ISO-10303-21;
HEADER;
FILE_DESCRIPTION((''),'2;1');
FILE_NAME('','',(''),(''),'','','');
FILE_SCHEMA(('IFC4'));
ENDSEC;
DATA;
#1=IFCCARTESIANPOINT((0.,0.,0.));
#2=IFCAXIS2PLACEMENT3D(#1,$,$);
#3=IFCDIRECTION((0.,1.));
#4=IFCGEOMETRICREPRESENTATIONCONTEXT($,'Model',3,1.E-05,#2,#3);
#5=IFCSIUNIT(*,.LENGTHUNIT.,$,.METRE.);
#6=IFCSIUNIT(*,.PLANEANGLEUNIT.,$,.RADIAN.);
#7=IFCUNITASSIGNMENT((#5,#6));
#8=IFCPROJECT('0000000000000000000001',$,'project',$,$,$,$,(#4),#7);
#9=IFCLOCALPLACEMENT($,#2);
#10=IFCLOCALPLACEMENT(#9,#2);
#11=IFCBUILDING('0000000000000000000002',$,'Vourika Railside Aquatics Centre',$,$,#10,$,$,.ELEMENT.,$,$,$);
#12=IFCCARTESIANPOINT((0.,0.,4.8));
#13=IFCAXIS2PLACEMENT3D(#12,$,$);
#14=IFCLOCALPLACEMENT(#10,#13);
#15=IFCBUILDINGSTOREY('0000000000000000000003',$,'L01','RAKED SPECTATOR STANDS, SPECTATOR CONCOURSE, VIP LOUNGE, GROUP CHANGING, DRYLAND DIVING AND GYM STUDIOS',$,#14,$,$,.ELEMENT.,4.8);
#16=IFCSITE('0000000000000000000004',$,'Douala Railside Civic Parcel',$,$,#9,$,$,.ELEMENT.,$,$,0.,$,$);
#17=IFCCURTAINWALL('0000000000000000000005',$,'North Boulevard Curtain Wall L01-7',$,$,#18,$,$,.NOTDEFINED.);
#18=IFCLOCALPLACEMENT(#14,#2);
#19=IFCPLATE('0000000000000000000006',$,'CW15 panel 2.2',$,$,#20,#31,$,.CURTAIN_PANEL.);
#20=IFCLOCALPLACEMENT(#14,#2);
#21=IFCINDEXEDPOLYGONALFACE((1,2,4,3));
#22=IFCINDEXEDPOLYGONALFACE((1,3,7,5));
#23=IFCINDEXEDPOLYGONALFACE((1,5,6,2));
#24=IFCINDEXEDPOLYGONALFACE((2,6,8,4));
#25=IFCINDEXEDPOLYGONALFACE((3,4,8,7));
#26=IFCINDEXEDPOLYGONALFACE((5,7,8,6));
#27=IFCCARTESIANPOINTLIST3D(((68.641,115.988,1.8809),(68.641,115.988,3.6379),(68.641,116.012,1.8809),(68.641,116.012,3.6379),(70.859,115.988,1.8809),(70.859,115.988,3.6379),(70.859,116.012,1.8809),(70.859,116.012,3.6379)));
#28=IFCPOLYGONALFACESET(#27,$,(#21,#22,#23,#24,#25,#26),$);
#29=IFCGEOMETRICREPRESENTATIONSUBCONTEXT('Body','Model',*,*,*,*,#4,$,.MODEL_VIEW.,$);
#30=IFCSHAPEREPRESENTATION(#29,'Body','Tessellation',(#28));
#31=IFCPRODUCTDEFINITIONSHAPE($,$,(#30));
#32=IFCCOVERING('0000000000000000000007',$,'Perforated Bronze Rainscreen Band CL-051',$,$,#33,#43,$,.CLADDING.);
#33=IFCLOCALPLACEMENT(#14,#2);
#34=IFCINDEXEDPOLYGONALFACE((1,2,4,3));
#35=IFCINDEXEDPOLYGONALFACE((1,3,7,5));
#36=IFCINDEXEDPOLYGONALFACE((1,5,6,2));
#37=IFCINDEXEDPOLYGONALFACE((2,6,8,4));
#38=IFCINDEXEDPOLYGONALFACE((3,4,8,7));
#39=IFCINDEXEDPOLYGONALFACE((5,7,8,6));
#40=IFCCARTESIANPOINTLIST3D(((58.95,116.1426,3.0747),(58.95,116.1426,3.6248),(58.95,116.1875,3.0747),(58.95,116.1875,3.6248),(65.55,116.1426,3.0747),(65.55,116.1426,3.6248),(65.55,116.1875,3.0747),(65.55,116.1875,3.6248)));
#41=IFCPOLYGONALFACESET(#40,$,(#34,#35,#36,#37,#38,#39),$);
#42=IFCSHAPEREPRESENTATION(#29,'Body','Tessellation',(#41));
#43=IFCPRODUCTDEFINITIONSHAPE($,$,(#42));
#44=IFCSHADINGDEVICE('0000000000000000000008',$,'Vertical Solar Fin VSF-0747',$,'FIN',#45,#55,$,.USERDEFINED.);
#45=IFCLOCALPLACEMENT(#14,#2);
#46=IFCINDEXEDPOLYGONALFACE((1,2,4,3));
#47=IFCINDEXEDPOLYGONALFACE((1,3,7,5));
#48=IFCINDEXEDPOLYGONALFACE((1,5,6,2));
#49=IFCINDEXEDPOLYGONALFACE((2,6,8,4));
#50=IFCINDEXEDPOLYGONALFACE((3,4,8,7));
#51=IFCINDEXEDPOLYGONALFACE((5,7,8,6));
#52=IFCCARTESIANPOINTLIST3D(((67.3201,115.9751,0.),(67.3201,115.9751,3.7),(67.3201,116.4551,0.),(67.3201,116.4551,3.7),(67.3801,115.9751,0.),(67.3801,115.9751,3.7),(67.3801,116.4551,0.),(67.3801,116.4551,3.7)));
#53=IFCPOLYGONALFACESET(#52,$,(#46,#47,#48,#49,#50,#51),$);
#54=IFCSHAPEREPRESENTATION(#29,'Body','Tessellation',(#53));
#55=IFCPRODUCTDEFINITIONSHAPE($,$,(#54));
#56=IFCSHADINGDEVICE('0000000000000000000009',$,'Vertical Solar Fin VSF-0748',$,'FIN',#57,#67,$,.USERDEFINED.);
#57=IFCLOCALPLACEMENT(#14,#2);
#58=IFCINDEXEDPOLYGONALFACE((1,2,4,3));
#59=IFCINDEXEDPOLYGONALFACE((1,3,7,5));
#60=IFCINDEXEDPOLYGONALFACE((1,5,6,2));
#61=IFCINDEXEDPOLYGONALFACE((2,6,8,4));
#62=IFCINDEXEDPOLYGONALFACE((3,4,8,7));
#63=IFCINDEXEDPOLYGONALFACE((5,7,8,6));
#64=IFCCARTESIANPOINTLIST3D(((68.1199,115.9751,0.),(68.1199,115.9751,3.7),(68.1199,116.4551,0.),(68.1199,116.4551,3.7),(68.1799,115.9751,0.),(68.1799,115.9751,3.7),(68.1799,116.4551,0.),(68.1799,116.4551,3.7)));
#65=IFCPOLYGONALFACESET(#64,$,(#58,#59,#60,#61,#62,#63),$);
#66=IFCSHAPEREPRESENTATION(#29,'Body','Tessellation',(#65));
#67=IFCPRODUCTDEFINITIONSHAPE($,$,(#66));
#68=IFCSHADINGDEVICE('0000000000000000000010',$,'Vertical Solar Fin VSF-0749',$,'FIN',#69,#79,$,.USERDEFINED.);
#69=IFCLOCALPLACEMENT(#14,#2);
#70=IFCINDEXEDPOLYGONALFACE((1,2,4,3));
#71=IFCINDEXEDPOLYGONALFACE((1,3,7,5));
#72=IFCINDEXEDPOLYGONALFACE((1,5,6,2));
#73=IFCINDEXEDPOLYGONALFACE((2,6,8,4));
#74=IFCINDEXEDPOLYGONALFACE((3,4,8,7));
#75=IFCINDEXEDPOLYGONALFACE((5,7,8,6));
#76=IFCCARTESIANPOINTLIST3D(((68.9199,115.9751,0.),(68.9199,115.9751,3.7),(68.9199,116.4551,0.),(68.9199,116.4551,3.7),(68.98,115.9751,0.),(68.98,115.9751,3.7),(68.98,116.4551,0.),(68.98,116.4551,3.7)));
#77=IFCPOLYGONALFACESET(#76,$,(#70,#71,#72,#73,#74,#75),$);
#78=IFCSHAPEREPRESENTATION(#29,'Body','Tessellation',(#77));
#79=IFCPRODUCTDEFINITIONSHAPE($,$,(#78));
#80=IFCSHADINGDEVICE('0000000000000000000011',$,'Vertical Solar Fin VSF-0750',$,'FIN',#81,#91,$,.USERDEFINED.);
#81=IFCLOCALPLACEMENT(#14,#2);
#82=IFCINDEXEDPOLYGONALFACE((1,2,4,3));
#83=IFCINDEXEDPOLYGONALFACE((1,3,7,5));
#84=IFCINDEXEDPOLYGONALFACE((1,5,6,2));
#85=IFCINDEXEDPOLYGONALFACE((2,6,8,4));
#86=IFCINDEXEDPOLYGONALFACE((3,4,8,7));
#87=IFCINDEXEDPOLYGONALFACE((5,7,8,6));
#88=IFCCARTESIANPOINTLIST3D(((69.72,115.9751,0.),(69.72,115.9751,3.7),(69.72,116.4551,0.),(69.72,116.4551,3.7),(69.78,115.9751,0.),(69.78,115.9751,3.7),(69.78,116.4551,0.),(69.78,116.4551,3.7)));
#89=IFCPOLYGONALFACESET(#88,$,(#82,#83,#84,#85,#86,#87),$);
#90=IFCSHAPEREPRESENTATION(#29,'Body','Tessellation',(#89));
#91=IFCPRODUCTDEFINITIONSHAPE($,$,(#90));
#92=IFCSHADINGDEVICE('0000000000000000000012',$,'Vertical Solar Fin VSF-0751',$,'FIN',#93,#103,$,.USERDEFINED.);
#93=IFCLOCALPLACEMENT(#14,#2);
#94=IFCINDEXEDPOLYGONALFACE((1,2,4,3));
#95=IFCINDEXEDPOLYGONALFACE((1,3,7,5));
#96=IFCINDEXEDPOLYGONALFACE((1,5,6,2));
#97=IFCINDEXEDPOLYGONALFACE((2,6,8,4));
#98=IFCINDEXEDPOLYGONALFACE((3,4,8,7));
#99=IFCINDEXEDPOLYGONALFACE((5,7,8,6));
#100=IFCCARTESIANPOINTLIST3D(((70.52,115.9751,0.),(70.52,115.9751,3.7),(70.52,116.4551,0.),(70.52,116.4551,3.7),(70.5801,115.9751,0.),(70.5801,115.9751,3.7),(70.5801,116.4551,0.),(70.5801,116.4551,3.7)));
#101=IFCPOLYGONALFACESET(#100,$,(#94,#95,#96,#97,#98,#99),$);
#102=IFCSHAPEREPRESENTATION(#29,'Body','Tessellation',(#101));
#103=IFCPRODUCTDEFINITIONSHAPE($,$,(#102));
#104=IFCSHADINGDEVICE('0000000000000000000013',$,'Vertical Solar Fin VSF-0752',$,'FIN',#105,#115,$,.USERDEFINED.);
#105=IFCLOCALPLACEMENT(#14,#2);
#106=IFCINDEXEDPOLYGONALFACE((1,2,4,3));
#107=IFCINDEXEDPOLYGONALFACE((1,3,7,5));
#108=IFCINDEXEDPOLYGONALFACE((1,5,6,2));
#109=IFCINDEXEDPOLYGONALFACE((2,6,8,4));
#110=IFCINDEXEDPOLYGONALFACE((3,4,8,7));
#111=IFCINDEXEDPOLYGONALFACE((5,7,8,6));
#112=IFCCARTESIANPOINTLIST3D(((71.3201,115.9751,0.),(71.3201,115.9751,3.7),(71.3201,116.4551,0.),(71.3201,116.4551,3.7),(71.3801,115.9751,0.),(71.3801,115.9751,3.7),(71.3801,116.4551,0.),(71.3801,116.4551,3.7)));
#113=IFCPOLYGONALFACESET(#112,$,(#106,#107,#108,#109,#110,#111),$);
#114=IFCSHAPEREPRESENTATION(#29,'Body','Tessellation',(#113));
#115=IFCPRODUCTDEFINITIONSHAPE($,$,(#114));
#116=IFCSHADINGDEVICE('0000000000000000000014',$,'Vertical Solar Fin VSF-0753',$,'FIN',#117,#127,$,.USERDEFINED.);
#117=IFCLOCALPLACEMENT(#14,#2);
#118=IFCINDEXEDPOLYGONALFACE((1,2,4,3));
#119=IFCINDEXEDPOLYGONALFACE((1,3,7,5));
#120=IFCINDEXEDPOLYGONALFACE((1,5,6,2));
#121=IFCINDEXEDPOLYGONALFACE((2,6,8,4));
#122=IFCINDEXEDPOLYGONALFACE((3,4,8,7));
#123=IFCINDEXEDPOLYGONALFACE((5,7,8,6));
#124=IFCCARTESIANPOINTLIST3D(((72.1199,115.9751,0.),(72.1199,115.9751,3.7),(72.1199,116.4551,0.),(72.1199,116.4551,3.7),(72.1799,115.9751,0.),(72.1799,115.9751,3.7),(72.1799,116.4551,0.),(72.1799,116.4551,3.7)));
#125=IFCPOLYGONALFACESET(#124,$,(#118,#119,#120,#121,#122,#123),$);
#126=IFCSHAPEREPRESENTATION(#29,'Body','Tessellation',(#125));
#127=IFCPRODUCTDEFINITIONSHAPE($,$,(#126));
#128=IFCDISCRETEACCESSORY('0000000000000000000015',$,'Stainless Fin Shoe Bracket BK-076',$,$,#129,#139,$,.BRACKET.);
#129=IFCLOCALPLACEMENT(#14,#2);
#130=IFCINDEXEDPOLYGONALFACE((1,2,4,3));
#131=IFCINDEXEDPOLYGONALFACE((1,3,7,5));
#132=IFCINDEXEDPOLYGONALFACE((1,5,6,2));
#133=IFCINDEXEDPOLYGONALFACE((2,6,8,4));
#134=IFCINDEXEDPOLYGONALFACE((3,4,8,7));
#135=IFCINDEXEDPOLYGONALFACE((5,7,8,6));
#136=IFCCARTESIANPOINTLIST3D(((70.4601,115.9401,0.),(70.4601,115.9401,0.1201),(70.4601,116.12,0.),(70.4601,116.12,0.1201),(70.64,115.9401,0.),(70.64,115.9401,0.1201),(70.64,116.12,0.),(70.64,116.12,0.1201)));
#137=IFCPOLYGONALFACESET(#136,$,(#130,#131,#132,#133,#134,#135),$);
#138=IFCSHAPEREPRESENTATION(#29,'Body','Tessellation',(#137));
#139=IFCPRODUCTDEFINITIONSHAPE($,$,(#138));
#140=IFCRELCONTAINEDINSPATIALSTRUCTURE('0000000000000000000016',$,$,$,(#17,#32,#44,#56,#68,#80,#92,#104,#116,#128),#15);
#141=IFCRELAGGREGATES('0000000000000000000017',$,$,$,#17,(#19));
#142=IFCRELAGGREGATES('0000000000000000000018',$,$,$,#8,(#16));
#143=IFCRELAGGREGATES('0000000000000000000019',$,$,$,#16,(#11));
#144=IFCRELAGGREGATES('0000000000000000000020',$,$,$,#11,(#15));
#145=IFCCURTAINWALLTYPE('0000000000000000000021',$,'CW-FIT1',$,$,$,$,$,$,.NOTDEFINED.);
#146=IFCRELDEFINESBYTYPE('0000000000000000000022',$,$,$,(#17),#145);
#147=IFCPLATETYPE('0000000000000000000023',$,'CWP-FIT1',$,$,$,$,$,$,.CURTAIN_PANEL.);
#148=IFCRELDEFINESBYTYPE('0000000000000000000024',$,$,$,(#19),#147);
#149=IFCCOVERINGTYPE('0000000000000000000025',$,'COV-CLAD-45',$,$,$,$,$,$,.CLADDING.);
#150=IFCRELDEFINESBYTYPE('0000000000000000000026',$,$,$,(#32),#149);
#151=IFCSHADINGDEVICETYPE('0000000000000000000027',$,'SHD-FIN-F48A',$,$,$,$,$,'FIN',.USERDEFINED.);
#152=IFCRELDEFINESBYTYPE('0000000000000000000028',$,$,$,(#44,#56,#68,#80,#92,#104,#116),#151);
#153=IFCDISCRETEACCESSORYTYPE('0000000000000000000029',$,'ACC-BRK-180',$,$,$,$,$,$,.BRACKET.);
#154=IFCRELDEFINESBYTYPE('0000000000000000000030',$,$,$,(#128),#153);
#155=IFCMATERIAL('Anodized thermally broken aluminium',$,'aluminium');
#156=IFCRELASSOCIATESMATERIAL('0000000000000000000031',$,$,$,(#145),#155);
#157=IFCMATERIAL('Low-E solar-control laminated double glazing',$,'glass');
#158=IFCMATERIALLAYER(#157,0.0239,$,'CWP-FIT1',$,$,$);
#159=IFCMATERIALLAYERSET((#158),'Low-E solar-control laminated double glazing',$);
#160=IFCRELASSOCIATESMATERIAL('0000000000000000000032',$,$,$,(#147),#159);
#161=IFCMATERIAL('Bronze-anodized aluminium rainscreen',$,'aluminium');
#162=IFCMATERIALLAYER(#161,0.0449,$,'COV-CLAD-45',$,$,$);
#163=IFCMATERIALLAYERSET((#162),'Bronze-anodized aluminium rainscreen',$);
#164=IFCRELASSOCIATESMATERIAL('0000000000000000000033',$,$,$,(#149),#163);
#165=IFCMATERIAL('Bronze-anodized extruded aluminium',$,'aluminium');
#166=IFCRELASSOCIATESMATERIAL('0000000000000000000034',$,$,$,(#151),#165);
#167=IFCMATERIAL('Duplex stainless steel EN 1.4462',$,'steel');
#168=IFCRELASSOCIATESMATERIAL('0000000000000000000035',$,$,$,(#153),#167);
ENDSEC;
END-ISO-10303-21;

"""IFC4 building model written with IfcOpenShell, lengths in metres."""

from ifc_helpers import new_model, si_unit, direction, frame, origin, origin_2d, place, context, subcontext, project, spatial, rectangle, extrude, material, layer, layer_set, material_profile, profile_set, type_object, element, aggregate, save


model = new_model("IFC4")

# Units and contexts
model_context = context("Model", 3, precision=1e-05, world=origin(), true_north=direction((0.0, 1.0)))
body_context = subcontext(model_context, "Body", "Model", "MODEL_VIEW")
ifc_project = project(units=[si_unit("LENGTHUNIT", "METRE"), si_unit("PLANEANGLEUNIT", "RADIAN")], contexts=[model_context])

# Site, building, storey
site_placement = place(None, origin())
site = spatial("IfcSite", under=ifc_project, at=site_placement, Name="Douala Railside Civic Parcel", CompositionType="ELEMENT", RefElevation=0.0)
building_placement = place(site_placement, origin())
building = spatial("IfcBuilding", under=site, at=building_placement, Name="Vourika Railside Aquatics Centre", CompositionType="ELEMENT")
storey_placement = place(building_placement, frame((0.0, 0.0, 4.8)))
storey = spatial("IfcBuildingStorey", under=building, at=storey_placement, Name="L01", Description="RAKED SPECTATOR STANDS, SPECTATOR CONCOURSE, VIP LOUNGE, GROUP CHANGING, DRYLAND DIVING AND GYM STUDIOS", CompositionType="ELEMENT", Elevation=4.8)

# Curtain wall, plate
ifc_material_1 = material(Name="Anodized thermally broken aluminium", Category="aluminium")
curtain_wall_type = type_object("IfcCurtainWallType", Name="CW-FIT1", PredefinedType="NOTDEFINED", material=ifc_material_1)
curtain_wall_placement = place(storey_placement, origin())
curtain_wall = element("IfcCurtainWall", 1, at=curtain_wall_placement, inside=storey, type_object=curtain_wall_type, Name="North Boulevard Curtain Wall L01-7", PredefinedType="NOTDEFINED")
ifc_material_2 = material(Name="Low-E solar-control laminated double glazing", Category="glass")
ifc_layer_1 = layer(ifc_material_2, 0.0239, Name="CWP-FIT1")
ifc_layer_set_1 = layer_set([ifc_layer_1], Name="Low-E solar-control laminated double glazing")
plate_type = type_object("IfcPlateType", Name="CWP-FIT1", PredefinedType="CURTAIN_PANEL", material=ifc_layer_set_1)
plate_1_placement = place(storey_placement, frame((69.75, 116.0, 1.8809), z_axis=(0.0, 0.0, 1.0), x_axis=(-1.0, 0.0, 0.0)))
plate_1 = element("IfcPlate", 2, at=plate_1_placement, type_object=plate_type, Name="CW15 panel 2.2", PredefinedType="CURTAIN_PANEL", context=body_context, shape_type="SweptSolid", body=[
    extrude(rectangle(XDim=2.218, YDim=0.0239, at=origin_2d()), origin(), (0.0, 0.0, 1.0), 1.7571),
])
aggregate(curtain_wall, [plate_1])

# Covering
ifc_material_3 = material(Name="Bronze-anodized aluminium rainscreen", Category="aluminium")
ifc_layer_2 = layer(ifc_material_3, 0.0449, Name="COV-CLAD-45")
ifc_layer_set_2 = layer_set([ifc_layer_2], Name="Bronze-anodized aluminium rainscreen")
covering_type = type_object("IfcCoveringType", Name="COV-CLAD-45", PredefinedType="CLADDING", material=ifc_layer_set_2)
covering_placement = place(storey_placement, frame((62.25, 116.165, 3.0747), z_axis=(0.0, 0.0, 1.0), x_axis=(-1.0, 0.0, 0.0)))
element("IfcCovering", 3, at=covering_placement, inside=storey, type_object=covering_type, Name="Perforated Bronze Rainscreen Band CL-051", PredefinedType="CLADDING", context=body_context, shape_type="SweptSolid", body=[
    extrude(rectangle(XDim=6.6001, YDim=0.0449, at=origin_2d()), origin(), (0.0, 0.0, 1.0), 0.55),
])

# Shading devices
ifc_material_4 = material(Name="Bronze-anodized extruded aluminium", Category="aluminium")
ifc_material_profile_1 = material_profile(ifc_material_4, rectangle(XDim=0.0601, YDim=0.48, at=origin_2d()), Name="ALU-FIN 60x480")
ifc_profile_set_1 = profile_set([ifc_material_profile_1], Name="Bronze-anodized extruded aluminium")
shading_device_type = type_object("IfcShadingDeviceType", Name="SHD-FIN-F48A", ElementType="FIN", PredefinedType="USERDEFINED", material=ifc_profile_set_1)
for number, where, z_axis, x_axis, name in (
    (4, (67.3501, 116.2151, 0.0), (0.0, 0.0, 1.0), (1.0, 0.0, 0.0), "Vertical Solar Fin VSF-0747"),
    (5, (68.1499, 116.2151, 0.0), (0.0, 0.0, 1.0), (1.0, 0.0, 0.0), "Vertical Solar Fin VSF-0748"),
    (6, (68.95, 116.2151, 0.0), (0.0, 0.0, 1.0), (1.0, 0.0, 0.0), "Vertical Solar Fin VSF-0749"),
    (7, (69.75, 116.2151, 0.0), (0.0, 0.0, 1.0), (1.0, 0.0, 0.0), "Vertical Solar Fin VSF-0750"),
    (8, (70.55, 116.2151, 0.0), (0.0, 0.0, 1.0), (1.0, 0.0, 0.0), "Vertical Solar Fin VSF-0751"),
    (9, (71.3501, 116.2151, 0.0), (0.0, 0.0, 1.0), (1.0, 0.0, 0.0), "Vertical Solar Fin VSF-0752"),
    (10, (72.1499, 116.2151, 0.0), (0.0, 0.0, 1.0), (1.0, 0.0, 0.0), "Vertical Solar Fin VSF-0753"),
):
    element("IfcShadingDevice", number, at=place(storey_placement, frame(where, z_axis=z_axis, x_axis=x_axis)), inside=storey, type_object=shading_device_type, Name=name, ObjectType="FIN", PredefinedType="USERDEFINED", context=body_context, shape_type="SweptSolid", body=[
        extrude(rectangle(XDim=0.0601, YDim=0.48, at=origin_2d()), origin(), (0.0, 0.0, 1.0), 3.7),
    ])

# Discrete accessory
ifc_material_5 = material(Name="Duplex stainless steel EN 1.4462", Category="steel")
discrete_accessory_type = type_object("IfcDiscreteAccessoryType", Name="ACC-BRK-180", PredefinedType="BRACKET", material=ifc_material_5)
discrete_accessory_placement = place(storey_placement, frame((70.55, 116.03, 0.0), z_axis=(0.0, 0.0, 1.0), x_axis=(0.0, 1.0, 0.0)))
element("IfcDiscreteAccessory", 11, at=discrete_accessory_placement, inside=storey, type_object=discrete_accessory_type, Name="Stainless Fin Shoe Bracket BK-076", PredefinedType="BRACKET", context=body_context, shape_type="SweptSolid", body=[
    extrude(rectangle(XDim=0.1799, YDim=0.1799, at=origin_2d()), origin(), (0.0, 0.0, 1.0), 0.1201),
])

save(model, "model.ifc")
